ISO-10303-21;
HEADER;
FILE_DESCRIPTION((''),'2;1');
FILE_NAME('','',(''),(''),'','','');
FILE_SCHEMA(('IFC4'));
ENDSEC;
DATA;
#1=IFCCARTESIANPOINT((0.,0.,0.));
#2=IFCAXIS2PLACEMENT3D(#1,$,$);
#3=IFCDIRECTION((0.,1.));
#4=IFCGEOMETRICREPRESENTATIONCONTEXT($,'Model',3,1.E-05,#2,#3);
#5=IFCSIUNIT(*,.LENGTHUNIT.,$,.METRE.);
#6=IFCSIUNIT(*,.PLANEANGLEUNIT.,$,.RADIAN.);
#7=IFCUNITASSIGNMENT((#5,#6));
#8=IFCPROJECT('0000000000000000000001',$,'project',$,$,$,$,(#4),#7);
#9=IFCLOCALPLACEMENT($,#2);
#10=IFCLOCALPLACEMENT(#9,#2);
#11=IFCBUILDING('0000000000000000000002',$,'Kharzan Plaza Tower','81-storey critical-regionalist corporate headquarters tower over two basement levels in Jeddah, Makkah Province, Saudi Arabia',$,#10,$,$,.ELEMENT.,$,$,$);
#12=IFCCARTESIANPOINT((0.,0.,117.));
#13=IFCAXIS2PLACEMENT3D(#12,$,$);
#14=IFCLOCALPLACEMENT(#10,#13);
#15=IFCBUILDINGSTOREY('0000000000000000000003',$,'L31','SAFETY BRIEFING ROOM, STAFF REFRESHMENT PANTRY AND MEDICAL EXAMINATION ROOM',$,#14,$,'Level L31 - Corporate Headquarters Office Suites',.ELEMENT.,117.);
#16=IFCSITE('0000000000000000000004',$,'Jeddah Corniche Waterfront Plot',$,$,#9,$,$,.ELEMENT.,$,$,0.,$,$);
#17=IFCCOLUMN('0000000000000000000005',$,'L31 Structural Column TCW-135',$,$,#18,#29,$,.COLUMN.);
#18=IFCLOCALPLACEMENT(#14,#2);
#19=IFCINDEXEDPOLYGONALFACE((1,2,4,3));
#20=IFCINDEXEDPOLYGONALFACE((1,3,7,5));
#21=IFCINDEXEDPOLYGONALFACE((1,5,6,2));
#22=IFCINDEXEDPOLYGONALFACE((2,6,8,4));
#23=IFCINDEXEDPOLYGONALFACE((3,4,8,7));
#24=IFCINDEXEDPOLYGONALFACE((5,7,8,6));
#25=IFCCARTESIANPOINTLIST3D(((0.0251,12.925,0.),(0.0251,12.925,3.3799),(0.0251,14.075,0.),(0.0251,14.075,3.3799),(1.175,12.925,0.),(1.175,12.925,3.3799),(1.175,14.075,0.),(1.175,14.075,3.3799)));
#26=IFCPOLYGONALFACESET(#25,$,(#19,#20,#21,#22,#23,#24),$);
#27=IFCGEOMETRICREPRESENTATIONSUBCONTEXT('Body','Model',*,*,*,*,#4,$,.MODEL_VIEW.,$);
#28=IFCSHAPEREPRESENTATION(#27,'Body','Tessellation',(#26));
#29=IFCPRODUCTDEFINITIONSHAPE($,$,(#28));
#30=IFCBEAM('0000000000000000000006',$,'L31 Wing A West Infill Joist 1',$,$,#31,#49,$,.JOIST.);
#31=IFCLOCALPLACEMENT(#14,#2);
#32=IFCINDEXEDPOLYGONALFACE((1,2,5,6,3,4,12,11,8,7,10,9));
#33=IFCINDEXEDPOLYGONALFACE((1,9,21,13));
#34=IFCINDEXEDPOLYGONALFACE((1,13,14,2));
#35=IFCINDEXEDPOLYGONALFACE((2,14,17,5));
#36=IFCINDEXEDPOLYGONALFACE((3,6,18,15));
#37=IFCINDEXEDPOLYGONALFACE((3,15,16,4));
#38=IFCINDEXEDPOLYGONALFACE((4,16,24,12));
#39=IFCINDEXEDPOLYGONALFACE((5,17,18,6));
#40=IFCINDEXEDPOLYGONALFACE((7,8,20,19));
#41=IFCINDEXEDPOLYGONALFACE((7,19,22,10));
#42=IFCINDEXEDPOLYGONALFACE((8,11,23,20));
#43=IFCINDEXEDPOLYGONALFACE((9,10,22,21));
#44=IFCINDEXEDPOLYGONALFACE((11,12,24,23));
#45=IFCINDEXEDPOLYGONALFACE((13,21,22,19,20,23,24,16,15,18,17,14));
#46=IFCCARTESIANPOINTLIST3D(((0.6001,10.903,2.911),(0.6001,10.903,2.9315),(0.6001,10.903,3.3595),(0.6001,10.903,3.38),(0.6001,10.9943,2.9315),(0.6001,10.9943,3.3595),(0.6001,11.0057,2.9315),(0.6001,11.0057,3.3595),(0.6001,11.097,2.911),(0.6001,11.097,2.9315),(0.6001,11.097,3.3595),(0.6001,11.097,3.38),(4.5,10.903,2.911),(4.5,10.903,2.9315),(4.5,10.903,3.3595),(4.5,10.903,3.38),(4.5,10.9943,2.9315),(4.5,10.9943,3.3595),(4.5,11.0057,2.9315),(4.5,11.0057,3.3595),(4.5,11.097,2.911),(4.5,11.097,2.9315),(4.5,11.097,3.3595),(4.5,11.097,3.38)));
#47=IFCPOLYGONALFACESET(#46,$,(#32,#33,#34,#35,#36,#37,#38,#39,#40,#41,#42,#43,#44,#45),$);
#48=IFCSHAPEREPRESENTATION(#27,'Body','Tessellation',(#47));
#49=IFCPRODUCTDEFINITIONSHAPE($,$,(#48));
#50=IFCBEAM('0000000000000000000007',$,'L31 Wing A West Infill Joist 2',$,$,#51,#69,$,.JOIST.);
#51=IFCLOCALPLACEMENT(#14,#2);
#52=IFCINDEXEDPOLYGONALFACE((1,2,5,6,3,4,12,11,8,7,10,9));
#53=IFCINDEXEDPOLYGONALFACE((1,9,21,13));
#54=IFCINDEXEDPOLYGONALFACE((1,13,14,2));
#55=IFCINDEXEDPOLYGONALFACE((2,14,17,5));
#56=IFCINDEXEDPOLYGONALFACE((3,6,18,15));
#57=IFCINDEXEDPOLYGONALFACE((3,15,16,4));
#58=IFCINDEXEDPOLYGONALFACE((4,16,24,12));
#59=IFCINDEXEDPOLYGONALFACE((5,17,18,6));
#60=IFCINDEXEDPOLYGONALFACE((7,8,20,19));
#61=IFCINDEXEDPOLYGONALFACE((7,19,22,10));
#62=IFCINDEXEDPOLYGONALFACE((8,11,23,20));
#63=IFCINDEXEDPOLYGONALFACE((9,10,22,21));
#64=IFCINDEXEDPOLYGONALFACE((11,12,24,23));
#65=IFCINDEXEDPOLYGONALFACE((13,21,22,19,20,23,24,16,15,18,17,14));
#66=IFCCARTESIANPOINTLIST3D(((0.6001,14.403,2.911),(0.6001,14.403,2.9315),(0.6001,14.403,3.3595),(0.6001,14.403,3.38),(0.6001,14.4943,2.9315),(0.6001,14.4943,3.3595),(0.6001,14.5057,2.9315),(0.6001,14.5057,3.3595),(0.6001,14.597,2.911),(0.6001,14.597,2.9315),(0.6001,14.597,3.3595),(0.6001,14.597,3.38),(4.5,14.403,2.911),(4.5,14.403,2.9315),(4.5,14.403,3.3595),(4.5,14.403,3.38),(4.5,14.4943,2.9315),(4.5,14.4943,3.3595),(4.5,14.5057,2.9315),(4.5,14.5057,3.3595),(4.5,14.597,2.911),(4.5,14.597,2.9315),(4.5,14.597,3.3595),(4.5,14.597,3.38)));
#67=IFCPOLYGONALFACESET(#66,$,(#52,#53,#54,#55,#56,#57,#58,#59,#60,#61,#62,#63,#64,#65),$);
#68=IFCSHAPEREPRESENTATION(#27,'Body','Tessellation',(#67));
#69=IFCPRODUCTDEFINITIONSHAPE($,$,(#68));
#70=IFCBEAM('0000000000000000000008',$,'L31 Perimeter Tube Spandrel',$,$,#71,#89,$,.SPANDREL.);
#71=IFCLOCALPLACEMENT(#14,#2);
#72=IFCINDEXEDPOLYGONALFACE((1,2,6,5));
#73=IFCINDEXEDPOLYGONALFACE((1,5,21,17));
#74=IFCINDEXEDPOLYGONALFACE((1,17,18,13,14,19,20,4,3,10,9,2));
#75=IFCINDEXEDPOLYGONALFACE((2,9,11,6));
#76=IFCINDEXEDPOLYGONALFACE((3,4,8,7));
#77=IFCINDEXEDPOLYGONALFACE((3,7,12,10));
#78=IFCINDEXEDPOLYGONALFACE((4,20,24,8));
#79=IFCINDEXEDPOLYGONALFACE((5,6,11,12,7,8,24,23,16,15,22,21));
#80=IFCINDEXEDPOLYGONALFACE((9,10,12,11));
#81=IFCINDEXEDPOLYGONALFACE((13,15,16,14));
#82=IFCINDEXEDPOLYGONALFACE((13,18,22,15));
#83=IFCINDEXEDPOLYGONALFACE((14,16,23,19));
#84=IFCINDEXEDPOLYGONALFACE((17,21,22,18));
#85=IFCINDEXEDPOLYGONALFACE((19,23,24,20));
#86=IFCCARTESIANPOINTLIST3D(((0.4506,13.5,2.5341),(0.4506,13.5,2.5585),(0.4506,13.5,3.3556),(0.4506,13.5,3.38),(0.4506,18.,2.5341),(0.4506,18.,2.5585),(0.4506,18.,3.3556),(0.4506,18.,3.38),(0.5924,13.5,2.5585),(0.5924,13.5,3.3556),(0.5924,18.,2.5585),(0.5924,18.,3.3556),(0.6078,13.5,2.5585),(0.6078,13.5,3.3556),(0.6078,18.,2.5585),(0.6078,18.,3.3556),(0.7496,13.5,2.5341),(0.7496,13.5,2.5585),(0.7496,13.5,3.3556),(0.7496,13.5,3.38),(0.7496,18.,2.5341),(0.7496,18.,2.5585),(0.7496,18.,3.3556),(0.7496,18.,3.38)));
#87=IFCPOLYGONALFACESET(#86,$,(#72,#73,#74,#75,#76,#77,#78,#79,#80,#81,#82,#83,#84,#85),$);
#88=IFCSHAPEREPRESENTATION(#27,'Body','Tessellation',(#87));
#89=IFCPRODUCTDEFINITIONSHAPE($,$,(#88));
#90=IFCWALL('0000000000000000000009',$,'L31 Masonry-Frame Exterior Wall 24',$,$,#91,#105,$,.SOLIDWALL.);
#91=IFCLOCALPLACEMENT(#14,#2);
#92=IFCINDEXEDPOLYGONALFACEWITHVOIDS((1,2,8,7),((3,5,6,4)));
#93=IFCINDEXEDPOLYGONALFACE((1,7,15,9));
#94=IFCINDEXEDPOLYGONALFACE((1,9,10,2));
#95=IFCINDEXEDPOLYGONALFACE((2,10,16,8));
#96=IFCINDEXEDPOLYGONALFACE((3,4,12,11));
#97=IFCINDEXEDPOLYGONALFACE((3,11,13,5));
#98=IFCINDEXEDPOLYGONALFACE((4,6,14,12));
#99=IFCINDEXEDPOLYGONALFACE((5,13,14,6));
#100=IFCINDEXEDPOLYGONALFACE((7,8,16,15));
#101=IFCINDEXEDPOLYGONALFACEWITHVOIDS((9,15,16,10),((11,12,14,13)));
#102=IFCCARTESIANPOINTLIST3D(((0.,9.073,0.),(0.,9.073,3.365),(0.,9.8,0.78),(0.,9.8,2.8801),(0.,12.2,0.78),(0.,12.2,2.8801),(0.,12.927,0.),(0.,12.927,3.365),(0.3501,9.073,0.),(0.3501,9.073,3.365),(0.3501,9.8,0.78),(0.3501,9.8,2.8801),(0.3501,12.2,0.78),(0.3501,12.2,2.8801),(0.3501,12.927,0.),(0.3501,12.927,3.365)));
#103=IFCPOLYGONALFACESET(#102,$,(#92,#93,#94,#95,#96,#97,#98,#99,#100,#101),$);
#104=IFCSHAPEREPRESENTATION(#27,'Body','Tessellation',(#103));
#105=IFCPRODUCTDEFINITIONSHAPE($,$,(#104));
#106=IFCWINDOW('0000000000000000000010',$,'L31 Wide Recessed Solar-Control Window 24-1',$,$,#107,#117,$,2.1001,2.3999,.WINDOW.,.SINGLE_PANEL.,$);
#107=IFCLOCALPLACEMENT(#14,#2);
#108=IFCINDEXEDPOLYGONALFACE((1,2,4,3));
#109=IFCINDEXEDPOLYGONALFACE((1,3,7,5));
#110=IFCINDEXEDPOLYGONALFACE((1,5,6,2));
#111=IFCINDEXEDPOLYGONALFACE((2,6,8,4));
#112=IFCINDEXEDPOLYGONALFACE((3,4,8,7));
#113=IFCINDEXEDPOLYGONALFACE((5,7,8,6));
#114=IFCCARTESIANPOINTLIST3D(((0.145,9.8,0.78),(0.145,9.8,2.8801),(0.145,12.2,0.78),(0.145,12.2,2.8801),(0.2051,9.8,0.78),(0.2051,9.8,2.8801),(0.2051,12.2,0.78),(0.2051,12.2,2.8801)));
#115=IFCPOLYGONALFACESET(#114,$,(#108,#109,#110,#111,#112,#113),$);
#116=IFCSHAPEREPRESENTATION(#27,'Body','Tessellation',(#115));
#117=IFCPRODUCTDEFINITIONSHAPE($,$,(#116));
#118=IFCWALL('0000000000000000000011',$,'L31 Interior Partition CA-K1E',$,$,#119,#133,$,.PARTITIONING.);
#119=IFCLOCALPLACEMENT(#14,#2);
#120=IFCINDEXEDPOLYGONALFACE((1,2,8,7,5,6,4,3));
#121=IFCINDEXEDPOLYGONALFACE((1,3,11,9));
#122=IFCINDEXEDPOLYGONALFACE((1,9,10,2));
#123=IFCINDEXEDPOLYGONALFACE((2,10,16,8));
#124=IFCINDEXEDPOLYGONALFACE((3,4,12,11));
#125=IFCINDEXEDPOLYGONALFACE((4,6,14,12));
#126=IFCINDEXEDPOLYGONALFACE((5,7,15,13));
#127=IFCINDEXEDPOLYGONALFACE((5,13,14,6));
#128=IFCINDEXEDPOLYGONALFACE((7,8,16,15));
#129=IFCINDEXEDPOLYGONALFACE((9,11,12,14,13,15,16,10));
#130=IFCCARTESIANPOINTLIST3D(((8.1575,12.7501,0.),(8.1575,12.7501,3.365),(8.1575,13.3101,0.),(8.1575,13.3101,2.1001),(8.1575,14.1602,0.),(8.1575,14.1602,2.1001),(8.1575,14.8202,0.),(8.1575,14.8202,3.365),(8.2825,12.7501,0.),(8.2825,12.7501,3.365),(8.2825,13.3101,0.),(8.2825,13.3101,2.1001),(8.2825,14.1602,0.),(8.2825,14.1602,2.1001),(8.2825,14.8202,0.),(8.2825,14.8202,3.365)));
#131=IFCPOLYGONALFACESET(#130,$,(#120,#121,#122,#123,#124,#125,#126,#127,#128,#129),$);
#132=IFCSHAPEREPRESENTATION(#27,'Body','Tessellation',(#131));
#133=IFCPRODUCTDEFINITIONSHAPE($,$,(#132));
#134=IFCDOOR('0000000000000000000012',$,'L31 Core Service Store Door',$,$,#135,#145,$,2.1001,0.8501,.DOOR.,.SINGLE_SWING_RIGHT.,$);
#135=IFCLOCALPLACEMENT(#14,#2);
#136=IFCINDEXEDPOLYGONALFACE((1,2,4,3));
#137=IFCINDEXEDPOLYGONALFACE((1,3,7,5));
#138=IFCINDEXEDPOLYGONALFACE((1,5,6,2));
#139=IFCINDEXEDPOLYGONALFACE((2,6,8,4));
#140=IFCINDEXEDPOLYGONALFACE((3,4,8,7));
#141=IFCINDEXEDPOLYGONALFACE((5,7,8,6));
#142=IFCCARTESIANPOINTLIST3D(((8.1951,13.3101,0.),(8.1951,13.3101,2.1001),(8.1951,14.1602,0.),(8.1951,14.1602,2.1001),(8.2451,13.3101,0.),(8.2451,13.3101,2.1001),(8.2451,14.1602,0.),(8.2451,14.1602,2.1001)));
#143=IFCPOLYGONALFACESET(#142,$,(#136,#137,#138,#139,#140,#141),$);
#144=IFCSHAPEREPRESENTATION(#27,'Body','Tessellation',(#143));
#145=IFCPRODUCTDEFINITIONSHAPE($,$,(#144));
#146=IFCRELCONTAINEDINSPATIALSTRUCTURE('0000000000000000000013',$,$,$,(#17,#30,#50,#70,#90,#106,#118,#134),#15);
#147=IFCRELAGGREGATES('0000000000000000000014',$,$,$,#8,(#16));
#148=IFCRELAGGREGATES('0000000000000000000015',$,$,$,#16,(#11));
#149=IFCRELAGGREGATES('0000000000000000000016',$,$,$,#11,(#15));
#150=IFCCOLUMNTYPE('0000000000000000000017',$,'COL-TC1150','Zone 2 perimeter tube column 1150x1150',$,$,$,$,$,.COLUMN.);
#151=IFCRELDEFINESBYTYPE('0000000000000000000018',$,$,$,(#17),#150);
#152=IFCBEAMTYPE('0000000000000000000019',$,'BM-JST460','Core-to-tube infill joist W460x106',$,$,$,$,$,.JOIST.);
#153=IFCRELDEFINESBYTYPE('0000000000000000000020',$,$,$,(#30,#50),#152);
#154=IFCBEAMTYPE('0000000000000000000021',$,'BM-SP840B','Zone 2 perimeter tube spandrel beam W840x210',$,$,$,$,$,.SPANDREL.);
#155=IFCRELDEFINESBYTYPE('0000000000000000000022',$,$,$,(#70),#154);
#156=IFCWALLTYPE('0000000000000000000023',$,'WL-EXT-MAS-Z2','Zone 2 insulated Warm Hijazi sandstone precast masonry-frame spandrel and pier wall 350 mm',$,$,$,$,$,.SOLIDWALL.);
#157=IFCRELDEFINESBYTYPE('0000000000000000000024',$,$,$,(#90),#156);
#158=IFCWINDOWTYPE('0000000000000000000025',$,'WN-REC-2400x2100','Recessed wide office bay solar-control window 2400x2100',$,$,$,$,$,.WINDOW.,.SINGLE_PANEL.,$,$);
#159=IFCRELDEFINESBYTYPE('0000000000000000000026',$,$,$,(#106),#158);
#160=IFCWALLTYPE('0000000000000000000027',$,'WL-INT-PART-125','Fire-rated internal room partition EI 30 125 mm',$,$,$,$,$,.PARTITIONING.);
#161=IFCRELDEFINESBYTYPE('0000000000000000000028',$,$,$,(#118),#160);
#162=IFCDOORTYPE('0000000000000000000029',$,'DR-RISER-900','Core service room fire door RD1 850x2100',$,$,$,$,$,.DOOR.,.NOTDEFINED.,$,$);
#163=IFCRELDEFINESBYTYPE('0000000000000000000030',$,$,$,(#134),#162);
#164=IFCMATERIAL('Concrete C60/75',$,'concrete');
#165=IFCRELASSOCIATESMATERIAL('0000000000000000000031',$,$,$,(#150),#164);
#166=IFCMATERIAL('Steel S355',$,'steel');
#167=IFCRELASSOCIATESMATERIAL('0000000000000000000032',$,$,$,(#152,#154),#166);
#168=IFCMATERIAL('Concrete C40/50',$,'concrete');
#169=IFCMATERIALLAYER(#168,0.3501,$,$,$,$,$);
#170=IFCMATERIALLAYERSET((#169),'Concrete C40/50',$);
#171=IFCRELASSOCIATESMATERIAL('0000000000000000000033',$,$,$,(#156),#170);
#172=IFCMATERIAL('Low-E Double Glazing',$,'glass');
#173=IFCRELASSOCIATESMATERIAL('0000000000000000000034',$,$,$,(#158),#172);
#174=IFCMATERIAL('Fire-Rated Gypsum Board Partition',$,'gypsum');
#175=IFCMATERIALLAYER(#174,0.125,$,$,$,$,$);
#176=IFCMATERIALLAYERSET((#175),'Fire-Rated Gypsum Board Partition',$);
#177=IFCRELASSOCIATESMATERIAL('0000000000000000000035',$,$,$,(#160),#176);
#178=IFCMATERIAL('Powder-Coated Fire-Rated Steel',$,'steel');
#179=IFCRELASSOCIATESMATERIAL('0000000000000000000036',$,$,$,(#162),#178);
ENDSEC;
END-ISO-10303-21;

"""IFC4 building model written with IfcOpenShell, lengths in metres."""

from ifc_helpers import new_model, si_unit, direction, frame, frame_2d, origin, origin_2d, place, context, subcontext, project, spatial, rectangle, i_section, extrude, source, transform, mapped, material, layer, layer_set, material_profile, profile_set, type_object, element, fill, save


model = new_model("IFC4")

# Units and contexts
model_context = context("Model", 3, precision=1e-05, world=origin(), true_north=direction((0.0, 1.0)))
body_context = subcontext(model_context, "Body", "Model", "MODEL_VIEW")
ifc_project = project(units=[si_unit("LENGTHUNIT", "METRE"), si_unit("PLANEANGLEUNIT", "RADIAN")], contexts=[model_context])

# Site, building, storey
site_placement = place(None, origin())
site = spatial("IfcSite", under=ifc_project, at=site_placement, Name="Jeddah Corniche Waterfront Plot", CompositionType="ELEMENT", RefElevation=0.0)
building_placement = place(site_placement, origin())
building = spatial("IfcBuilding", under=site, at=building_placement, Name="Kharzan Plaza Tower", Description="81-storey critical-regionalist corporate headquarters tower over two basement levels in Jeddah, Makkah Province, Saudi Arabia", CompositionType="ELEMENT")
storey_placement = place(building_placement, frame((0.0, 0.0, 117.0)))
storey = spatial("IfcBuildingStorey", under=building, at=storey_placement, Name="L31", Description="SAFETY BRIEFING ROOM, STAFF REFRESHMENT PANTRY AND MEDICAL EXAMINATION ROOM", LongName="Level L31 - Corporate Headquarters Office Suites", CompositionType="ELEMENT", Elevation=117.0)

# Column
ifc_material_1 = material(Name="Concrete C60/75", Category="concrete")
ifc_material_profile_1 = material_profile(ifc_material_1, rectangle(XDim=1.1499, YDim=1.1499, at=origin_2d()), Name="RC-TC1150x1150")
ifc_profile_set_1 = profile_set([ifc_material_profile_1], Name="Concrete C60/75")
column_type = type_object("IfcColumnType", Name="COL-TC1150", Description="Zone 2 perimeter tube column 1150x1150", PredefinedType="COLUMN", material=ifc_profile_set_1)
shared_shape_1 = source(origin(), body_context, "Body", "SweptSolid", [
    extrude(rectangle(XDim=1.1499, YDim=1.1499, at=origin_2d()), origin(), (0.0, 0.0, 1.0), 3.3799),
])
column_placement = place(storey_placement, frame((0.6001, 13.5, 0.0), z_axis=(0.0, 0.0, 1.0), x_axis=(1.0, 0.0, 0.0)))
element("IfcColumn", 1, at=column_placement, inside=storey, type_object=column_type, Name="L31 Structural Column TCW-135", PredefinedType="COLUMN", context=body_context, shape_type="MappedRepresentation", body=[
    mapped(shared_shape_1, transform((0.0, 0.0, 0.0), x_axis=(1.0, 0.0, 0.0), y_axis=(0.0, 1.0, 0.0), z_axis=(0.0, 0.0, 1.0))),
])

# Beams
ifc_material_2 = material(Name="Steel S355", Category="steel")
ifc_material_profile_2 = material_profile(ifc_material_2, i_section(OverallWidth=0.1941, OverallDepth=0.469, WebThickness=0.0115, FlangeThickness=0.0205, at=origin_2d()), Name="W460x106")
ifc_profile_set_2 = profile_set([ifc_material_profile_2], Name="Steel S355")
beam_type_1 = type_object("IfcBeamType", Name="BM-JST460", Description="Core-to-tube infill joist W460x106", PredefinedType="JOIST", material=ifc_profile_set_2)
shared_shape_2 = source(origin(), body_context, "Body", "SweptSolid", [
    extrude(i_section(OverallWidth=0.1941, OverallDepth=0.469, WebThickness=0.0115, FlangeThickness=0.0205, at=origin_2d()), origin(), (0.0, 0.0, 1.0), 3.8999),
])
for number, where, z_axis, x_axis, name in (
    (2, (0.6001, 11.0, 3.1455), (1.0, 0.0, 0.0), (0.0, 1.0, 0.0), "L31 Wing A West Infill Joist 1"),
    (3, (0.6001, 14.5, 3.1455), (1.0, 0.0, 0.0), (0.0, 1.0, 0.0), "L31 Wing A West Infill Joist 2"),
):
    element("IfcBeam", number, at=place(storey_placement, frame(where, z_axis=z_axis, x_axis=x_axis)), inside=storey, type_object=beam_type_1, Name=name, PredefinedType="JOIST", context=body_context, shape_type="MappedRepresentation", body=[
        mapped(shared_shape_2, transform((0.0, 0.0, 0.0), x_axis=(1.0, 0.0, 0.0), y_axis=(0.0, 1.0, 0.0), z_axis=(0.0, 0.0, 1.0))),
    ])
ifc_material_profile_3 = material_profile(ifc_material_2, i_section(OverallWidth=0.2991, OverallDepth=0.8459, WebThickness=0.0154, FlangeThickness=0.0244, at=origin_2d()), Name="W840x210")
ifc_profile_set_3 = profile_set([ifc_material_profile_3], Name="Steel S355")
beam_type_2 = type_object("IfcBeamType", Name="BM-SP840B", Description="Zone 2 perimeter tube spandrel beam W840x210", PredefinedType="SPANDREL", material=ifc_profile_set_3)
shared_shape_3 = source(origin(), body_context, "Body", "SweptSolid", [
    extrude(i_section(OverallWidth=0.2991, OverallDepth=0.8459, WebThickness=0.0154, FlangeThickness=0.0244, at=origin_2d()), origin(), (0.0, 0.0, 1.0), 4.5),
])
beam_placement = place(storey_placement, frame((0.6001, 13.5, 2.957), z_axis=(0.0, 1.0, 0.0), x_axis=(-1.0, 0.0, 0.0)))
element("IfcBeam", 4, at=beam_placement, inside=storey, type_object=beam_type_2, Name="L31 Perimeter Tube Spandrel", PredefinedType="SPANDREL", context=body_context, shape_type="MappedRepresentation", body=[
    mapped(shared_shape_3, transform((0.0, 0.0, 0.0), x_axis=(1.0, 0.0, 0.0), y_axis=(0.0, 1.0, 0.0), z_axis=(0.0, 0.0, 1.0))),
])

# Wall, opening, window
ifc_material_3 = material(Name="Concrete C40/50", Category="concrete")
ifc_layer_1 = layer(ifc_material_3, 0.3501)
ifc_layer_set_1 = layer_set([ifc_layer_1], Name="Concrete C40/50")
wall_type_1 = type_object("IfcWallType", Name="WL-EXT-MAS-Z2", Description="Zone 2 insulated Warm Hijazi sandstone precast masonry-frame spandrel and pier wall 350 mm", PredefinedType="SOLIDWALL", material=ifc_layer_set_1)
wall_1_placement = place(storey_placement, frame((0.175, 12.927, 0.0), z_axis=(0.0, 0.0, 1.0), x_axis=(0.0, -1.0, 0.0)))
wall_1 = element("IfcWall", 5, at=wall_1_placement, inside=storey, type_object=wall_type_1, Name="L31 Masonry-Frame Exterior Wall 24", PredefinedType="SOLIDWALL", context=body_context, shape_type="SweptSolid", body=[
    extrude(rectangle(XDim=3.854, YDim=0.3501, at=frame_2d((1.927, 0.0))), origin(), (0.0, 0.0, 1.0), 3.365),
])
opening_1_placement = place(wall_1_placement, frame((0.7271, 0.0, 0.78)))
opening_1 = element("IfcOpeningElement", 6, at=opening_1_placement, cuts=wall_1, PredefinedType="OPENING", context=body_context, shape_type="SweptSolid", body=[
    extrude(rectangle(XDim=2.3999, YDim=2.1001, at=frame_2d((1.2, 1.05))), frame((0.0, 0.1851, 0.0), z_axis=(0.0, -1.0, 0.0), x_axis=(1.0, 0.0, 0.0)), (0.0, 0.0, 1.0), 0.3701),
])
ifc_material_4 = material(Name="Low-E Double Glazing", Category="glass")
window_type = type_object("IfcWindowType", Name="WN-REC-2400x2100", Description="Recessed wide office bay solar-control window 2400x2100", PartitioningType="SINGLE_PANEL", PredefinedType="WINDOW", material=ifc_material_4)
shared_shape_4 = source(origin(), body_context, "Body", "SweptSolid", [
    extrude(rectangle(XDim=2.3999, YDim=2.1001, at=frame_2d((1.2, 1.05))), frame((0.0, 0.03, 0.0), z_axis=(0.0, -1.0, 0.0), x_axis=(1.0, 0.0, 0.0)), (0.0, 0.0, 1.0), 0.0601),
])
window_placement = place(opening_1_placement, origin())
window = element("IfcWindow", 7, at=window_placement, inside=storey, type_object=window_type, Name="L31 Wide Recessed Solar-Control Window 24-1", OverallHeight=2.1001, OverallWidth=2.3999, PartitioningType="SINGLE_PANEL", PredefinedType="WINDOW", context=body_context, shape_type="MappedRepresentation", body=[
    mapped(shared_shape_4, transform((0.0, 0.0, 0.0), x_axis=(1.0, 0.0, 0.0), y_axis=(0.0, 1.0, 0.0), z_axis=(0.0, 0.0, 1.0))),
])
fill(opening_1, window)

# Wall, opening, door
ifc_material_5 = material(Name="Fire-Rated Gypsum Board Partition", Category="gypsum")
ifc_layer_2 = layer(ifc_material_5, 0.125)
ifc_layer_set_2 = layer_set([ifc_layer_2], Name="Fire-Rated Gypsum Board Partition")
wall_type_2 = type_object("IfcWallType", Name="WL-INT-PART-125", Description="Fire-rated internal room partition EI 30 125 mm", PredefinedType="PARTITIONING", material=ifc_layer_set_2)
wall_2_placement = place(storey_placement, frame((8.22, 12.75, 0.0), z_axis=(0.0, 0.0, 1.0), x_axis=(0.0, 1.0, 0.0)))
wall_2 = element("IfcWall", 8, at=wall_2_placement, inside=storey, type_object=wall_type_2, Name="L31 Interior Partition CA-K1E", PredefinedType="PARTITIONING", context=body_context, shape_type="SweptSolid", body=[
    extrude(rectangle(XDim=2.0701, YDim=0.125, at=frame_2d((1.0352, 0.0))), origin(), (0.0, 0.0, 1.0), 3.365),
])
opening_2_placement = place(wall_2_placement, frame((0.5601, 0.0, 0.0)))
opening_2 = element("IfcOpeningElement", 9, at=opening_2_placement, cuts=wall_2, PredefinedType="OPENING", context=body_context, shape_type="SweptSolid", body=[
    extrude(rectangle(XDim=0.8501, YDim=2.1001, at=frame_2d((0.425, 1.05))), frame((0.0, 0.0725, 0.0), z_axis=(0.0, -1.0, 0.0), x_axis=(1.0, 0.0, 0.0)), (0.0, 0.0, 1.0), 0.145),
])
ifc_material_6 = material(Name="Powder-Coated Fire-Rated Steel", Category="steel")
door_type_1 = type_object("IfcDoorType", Name="DR-RISER-900", Description="Core service room fire door RD1 850x2100", OperationType="NOTDEFINED", PredefinedType="DOOR", material=ifc_material_6)
shared_shape_5 = source(origin(), body_context, "Body", "SweptSolid", [
    extrude(rectangle(XDim=0.8501, YDim=2.1001, at=frame_2d((0.425, 1.05))), frame((0.0, 0.0249, 0.0), z_axis=(0.0, -1.0, 0.0), x_axis=(1.0, 0.0, 0.0)), (0.0, 0.0, 1.0), 0.05),
])
door_1_placement = place(opening_2_placement, origin())
door_1 = element("IfcDoor", 10, at=door_1_placement, inside=storey, type_object=door_type_1, Name="L31 Core Service Store Door", OperationType="SINGLE_SWING_RIGHT", OverallHeight=2.1001, OverallWidth=0.8501, PredefinedType="DOOR", context=body_context, shape_type="MappedRepresentation", body=[
    mapped(shared_shape_5, transform((0.0, 0.0, 0.0), x_axis=(1.0, 0.0, 0.0), y_axis=(0.0, 1.0, 0.0), z_axis=(0.0, 0.0, 1.0))),
])
fill(opening_2, door_1)

save(model, "model.ifc")
